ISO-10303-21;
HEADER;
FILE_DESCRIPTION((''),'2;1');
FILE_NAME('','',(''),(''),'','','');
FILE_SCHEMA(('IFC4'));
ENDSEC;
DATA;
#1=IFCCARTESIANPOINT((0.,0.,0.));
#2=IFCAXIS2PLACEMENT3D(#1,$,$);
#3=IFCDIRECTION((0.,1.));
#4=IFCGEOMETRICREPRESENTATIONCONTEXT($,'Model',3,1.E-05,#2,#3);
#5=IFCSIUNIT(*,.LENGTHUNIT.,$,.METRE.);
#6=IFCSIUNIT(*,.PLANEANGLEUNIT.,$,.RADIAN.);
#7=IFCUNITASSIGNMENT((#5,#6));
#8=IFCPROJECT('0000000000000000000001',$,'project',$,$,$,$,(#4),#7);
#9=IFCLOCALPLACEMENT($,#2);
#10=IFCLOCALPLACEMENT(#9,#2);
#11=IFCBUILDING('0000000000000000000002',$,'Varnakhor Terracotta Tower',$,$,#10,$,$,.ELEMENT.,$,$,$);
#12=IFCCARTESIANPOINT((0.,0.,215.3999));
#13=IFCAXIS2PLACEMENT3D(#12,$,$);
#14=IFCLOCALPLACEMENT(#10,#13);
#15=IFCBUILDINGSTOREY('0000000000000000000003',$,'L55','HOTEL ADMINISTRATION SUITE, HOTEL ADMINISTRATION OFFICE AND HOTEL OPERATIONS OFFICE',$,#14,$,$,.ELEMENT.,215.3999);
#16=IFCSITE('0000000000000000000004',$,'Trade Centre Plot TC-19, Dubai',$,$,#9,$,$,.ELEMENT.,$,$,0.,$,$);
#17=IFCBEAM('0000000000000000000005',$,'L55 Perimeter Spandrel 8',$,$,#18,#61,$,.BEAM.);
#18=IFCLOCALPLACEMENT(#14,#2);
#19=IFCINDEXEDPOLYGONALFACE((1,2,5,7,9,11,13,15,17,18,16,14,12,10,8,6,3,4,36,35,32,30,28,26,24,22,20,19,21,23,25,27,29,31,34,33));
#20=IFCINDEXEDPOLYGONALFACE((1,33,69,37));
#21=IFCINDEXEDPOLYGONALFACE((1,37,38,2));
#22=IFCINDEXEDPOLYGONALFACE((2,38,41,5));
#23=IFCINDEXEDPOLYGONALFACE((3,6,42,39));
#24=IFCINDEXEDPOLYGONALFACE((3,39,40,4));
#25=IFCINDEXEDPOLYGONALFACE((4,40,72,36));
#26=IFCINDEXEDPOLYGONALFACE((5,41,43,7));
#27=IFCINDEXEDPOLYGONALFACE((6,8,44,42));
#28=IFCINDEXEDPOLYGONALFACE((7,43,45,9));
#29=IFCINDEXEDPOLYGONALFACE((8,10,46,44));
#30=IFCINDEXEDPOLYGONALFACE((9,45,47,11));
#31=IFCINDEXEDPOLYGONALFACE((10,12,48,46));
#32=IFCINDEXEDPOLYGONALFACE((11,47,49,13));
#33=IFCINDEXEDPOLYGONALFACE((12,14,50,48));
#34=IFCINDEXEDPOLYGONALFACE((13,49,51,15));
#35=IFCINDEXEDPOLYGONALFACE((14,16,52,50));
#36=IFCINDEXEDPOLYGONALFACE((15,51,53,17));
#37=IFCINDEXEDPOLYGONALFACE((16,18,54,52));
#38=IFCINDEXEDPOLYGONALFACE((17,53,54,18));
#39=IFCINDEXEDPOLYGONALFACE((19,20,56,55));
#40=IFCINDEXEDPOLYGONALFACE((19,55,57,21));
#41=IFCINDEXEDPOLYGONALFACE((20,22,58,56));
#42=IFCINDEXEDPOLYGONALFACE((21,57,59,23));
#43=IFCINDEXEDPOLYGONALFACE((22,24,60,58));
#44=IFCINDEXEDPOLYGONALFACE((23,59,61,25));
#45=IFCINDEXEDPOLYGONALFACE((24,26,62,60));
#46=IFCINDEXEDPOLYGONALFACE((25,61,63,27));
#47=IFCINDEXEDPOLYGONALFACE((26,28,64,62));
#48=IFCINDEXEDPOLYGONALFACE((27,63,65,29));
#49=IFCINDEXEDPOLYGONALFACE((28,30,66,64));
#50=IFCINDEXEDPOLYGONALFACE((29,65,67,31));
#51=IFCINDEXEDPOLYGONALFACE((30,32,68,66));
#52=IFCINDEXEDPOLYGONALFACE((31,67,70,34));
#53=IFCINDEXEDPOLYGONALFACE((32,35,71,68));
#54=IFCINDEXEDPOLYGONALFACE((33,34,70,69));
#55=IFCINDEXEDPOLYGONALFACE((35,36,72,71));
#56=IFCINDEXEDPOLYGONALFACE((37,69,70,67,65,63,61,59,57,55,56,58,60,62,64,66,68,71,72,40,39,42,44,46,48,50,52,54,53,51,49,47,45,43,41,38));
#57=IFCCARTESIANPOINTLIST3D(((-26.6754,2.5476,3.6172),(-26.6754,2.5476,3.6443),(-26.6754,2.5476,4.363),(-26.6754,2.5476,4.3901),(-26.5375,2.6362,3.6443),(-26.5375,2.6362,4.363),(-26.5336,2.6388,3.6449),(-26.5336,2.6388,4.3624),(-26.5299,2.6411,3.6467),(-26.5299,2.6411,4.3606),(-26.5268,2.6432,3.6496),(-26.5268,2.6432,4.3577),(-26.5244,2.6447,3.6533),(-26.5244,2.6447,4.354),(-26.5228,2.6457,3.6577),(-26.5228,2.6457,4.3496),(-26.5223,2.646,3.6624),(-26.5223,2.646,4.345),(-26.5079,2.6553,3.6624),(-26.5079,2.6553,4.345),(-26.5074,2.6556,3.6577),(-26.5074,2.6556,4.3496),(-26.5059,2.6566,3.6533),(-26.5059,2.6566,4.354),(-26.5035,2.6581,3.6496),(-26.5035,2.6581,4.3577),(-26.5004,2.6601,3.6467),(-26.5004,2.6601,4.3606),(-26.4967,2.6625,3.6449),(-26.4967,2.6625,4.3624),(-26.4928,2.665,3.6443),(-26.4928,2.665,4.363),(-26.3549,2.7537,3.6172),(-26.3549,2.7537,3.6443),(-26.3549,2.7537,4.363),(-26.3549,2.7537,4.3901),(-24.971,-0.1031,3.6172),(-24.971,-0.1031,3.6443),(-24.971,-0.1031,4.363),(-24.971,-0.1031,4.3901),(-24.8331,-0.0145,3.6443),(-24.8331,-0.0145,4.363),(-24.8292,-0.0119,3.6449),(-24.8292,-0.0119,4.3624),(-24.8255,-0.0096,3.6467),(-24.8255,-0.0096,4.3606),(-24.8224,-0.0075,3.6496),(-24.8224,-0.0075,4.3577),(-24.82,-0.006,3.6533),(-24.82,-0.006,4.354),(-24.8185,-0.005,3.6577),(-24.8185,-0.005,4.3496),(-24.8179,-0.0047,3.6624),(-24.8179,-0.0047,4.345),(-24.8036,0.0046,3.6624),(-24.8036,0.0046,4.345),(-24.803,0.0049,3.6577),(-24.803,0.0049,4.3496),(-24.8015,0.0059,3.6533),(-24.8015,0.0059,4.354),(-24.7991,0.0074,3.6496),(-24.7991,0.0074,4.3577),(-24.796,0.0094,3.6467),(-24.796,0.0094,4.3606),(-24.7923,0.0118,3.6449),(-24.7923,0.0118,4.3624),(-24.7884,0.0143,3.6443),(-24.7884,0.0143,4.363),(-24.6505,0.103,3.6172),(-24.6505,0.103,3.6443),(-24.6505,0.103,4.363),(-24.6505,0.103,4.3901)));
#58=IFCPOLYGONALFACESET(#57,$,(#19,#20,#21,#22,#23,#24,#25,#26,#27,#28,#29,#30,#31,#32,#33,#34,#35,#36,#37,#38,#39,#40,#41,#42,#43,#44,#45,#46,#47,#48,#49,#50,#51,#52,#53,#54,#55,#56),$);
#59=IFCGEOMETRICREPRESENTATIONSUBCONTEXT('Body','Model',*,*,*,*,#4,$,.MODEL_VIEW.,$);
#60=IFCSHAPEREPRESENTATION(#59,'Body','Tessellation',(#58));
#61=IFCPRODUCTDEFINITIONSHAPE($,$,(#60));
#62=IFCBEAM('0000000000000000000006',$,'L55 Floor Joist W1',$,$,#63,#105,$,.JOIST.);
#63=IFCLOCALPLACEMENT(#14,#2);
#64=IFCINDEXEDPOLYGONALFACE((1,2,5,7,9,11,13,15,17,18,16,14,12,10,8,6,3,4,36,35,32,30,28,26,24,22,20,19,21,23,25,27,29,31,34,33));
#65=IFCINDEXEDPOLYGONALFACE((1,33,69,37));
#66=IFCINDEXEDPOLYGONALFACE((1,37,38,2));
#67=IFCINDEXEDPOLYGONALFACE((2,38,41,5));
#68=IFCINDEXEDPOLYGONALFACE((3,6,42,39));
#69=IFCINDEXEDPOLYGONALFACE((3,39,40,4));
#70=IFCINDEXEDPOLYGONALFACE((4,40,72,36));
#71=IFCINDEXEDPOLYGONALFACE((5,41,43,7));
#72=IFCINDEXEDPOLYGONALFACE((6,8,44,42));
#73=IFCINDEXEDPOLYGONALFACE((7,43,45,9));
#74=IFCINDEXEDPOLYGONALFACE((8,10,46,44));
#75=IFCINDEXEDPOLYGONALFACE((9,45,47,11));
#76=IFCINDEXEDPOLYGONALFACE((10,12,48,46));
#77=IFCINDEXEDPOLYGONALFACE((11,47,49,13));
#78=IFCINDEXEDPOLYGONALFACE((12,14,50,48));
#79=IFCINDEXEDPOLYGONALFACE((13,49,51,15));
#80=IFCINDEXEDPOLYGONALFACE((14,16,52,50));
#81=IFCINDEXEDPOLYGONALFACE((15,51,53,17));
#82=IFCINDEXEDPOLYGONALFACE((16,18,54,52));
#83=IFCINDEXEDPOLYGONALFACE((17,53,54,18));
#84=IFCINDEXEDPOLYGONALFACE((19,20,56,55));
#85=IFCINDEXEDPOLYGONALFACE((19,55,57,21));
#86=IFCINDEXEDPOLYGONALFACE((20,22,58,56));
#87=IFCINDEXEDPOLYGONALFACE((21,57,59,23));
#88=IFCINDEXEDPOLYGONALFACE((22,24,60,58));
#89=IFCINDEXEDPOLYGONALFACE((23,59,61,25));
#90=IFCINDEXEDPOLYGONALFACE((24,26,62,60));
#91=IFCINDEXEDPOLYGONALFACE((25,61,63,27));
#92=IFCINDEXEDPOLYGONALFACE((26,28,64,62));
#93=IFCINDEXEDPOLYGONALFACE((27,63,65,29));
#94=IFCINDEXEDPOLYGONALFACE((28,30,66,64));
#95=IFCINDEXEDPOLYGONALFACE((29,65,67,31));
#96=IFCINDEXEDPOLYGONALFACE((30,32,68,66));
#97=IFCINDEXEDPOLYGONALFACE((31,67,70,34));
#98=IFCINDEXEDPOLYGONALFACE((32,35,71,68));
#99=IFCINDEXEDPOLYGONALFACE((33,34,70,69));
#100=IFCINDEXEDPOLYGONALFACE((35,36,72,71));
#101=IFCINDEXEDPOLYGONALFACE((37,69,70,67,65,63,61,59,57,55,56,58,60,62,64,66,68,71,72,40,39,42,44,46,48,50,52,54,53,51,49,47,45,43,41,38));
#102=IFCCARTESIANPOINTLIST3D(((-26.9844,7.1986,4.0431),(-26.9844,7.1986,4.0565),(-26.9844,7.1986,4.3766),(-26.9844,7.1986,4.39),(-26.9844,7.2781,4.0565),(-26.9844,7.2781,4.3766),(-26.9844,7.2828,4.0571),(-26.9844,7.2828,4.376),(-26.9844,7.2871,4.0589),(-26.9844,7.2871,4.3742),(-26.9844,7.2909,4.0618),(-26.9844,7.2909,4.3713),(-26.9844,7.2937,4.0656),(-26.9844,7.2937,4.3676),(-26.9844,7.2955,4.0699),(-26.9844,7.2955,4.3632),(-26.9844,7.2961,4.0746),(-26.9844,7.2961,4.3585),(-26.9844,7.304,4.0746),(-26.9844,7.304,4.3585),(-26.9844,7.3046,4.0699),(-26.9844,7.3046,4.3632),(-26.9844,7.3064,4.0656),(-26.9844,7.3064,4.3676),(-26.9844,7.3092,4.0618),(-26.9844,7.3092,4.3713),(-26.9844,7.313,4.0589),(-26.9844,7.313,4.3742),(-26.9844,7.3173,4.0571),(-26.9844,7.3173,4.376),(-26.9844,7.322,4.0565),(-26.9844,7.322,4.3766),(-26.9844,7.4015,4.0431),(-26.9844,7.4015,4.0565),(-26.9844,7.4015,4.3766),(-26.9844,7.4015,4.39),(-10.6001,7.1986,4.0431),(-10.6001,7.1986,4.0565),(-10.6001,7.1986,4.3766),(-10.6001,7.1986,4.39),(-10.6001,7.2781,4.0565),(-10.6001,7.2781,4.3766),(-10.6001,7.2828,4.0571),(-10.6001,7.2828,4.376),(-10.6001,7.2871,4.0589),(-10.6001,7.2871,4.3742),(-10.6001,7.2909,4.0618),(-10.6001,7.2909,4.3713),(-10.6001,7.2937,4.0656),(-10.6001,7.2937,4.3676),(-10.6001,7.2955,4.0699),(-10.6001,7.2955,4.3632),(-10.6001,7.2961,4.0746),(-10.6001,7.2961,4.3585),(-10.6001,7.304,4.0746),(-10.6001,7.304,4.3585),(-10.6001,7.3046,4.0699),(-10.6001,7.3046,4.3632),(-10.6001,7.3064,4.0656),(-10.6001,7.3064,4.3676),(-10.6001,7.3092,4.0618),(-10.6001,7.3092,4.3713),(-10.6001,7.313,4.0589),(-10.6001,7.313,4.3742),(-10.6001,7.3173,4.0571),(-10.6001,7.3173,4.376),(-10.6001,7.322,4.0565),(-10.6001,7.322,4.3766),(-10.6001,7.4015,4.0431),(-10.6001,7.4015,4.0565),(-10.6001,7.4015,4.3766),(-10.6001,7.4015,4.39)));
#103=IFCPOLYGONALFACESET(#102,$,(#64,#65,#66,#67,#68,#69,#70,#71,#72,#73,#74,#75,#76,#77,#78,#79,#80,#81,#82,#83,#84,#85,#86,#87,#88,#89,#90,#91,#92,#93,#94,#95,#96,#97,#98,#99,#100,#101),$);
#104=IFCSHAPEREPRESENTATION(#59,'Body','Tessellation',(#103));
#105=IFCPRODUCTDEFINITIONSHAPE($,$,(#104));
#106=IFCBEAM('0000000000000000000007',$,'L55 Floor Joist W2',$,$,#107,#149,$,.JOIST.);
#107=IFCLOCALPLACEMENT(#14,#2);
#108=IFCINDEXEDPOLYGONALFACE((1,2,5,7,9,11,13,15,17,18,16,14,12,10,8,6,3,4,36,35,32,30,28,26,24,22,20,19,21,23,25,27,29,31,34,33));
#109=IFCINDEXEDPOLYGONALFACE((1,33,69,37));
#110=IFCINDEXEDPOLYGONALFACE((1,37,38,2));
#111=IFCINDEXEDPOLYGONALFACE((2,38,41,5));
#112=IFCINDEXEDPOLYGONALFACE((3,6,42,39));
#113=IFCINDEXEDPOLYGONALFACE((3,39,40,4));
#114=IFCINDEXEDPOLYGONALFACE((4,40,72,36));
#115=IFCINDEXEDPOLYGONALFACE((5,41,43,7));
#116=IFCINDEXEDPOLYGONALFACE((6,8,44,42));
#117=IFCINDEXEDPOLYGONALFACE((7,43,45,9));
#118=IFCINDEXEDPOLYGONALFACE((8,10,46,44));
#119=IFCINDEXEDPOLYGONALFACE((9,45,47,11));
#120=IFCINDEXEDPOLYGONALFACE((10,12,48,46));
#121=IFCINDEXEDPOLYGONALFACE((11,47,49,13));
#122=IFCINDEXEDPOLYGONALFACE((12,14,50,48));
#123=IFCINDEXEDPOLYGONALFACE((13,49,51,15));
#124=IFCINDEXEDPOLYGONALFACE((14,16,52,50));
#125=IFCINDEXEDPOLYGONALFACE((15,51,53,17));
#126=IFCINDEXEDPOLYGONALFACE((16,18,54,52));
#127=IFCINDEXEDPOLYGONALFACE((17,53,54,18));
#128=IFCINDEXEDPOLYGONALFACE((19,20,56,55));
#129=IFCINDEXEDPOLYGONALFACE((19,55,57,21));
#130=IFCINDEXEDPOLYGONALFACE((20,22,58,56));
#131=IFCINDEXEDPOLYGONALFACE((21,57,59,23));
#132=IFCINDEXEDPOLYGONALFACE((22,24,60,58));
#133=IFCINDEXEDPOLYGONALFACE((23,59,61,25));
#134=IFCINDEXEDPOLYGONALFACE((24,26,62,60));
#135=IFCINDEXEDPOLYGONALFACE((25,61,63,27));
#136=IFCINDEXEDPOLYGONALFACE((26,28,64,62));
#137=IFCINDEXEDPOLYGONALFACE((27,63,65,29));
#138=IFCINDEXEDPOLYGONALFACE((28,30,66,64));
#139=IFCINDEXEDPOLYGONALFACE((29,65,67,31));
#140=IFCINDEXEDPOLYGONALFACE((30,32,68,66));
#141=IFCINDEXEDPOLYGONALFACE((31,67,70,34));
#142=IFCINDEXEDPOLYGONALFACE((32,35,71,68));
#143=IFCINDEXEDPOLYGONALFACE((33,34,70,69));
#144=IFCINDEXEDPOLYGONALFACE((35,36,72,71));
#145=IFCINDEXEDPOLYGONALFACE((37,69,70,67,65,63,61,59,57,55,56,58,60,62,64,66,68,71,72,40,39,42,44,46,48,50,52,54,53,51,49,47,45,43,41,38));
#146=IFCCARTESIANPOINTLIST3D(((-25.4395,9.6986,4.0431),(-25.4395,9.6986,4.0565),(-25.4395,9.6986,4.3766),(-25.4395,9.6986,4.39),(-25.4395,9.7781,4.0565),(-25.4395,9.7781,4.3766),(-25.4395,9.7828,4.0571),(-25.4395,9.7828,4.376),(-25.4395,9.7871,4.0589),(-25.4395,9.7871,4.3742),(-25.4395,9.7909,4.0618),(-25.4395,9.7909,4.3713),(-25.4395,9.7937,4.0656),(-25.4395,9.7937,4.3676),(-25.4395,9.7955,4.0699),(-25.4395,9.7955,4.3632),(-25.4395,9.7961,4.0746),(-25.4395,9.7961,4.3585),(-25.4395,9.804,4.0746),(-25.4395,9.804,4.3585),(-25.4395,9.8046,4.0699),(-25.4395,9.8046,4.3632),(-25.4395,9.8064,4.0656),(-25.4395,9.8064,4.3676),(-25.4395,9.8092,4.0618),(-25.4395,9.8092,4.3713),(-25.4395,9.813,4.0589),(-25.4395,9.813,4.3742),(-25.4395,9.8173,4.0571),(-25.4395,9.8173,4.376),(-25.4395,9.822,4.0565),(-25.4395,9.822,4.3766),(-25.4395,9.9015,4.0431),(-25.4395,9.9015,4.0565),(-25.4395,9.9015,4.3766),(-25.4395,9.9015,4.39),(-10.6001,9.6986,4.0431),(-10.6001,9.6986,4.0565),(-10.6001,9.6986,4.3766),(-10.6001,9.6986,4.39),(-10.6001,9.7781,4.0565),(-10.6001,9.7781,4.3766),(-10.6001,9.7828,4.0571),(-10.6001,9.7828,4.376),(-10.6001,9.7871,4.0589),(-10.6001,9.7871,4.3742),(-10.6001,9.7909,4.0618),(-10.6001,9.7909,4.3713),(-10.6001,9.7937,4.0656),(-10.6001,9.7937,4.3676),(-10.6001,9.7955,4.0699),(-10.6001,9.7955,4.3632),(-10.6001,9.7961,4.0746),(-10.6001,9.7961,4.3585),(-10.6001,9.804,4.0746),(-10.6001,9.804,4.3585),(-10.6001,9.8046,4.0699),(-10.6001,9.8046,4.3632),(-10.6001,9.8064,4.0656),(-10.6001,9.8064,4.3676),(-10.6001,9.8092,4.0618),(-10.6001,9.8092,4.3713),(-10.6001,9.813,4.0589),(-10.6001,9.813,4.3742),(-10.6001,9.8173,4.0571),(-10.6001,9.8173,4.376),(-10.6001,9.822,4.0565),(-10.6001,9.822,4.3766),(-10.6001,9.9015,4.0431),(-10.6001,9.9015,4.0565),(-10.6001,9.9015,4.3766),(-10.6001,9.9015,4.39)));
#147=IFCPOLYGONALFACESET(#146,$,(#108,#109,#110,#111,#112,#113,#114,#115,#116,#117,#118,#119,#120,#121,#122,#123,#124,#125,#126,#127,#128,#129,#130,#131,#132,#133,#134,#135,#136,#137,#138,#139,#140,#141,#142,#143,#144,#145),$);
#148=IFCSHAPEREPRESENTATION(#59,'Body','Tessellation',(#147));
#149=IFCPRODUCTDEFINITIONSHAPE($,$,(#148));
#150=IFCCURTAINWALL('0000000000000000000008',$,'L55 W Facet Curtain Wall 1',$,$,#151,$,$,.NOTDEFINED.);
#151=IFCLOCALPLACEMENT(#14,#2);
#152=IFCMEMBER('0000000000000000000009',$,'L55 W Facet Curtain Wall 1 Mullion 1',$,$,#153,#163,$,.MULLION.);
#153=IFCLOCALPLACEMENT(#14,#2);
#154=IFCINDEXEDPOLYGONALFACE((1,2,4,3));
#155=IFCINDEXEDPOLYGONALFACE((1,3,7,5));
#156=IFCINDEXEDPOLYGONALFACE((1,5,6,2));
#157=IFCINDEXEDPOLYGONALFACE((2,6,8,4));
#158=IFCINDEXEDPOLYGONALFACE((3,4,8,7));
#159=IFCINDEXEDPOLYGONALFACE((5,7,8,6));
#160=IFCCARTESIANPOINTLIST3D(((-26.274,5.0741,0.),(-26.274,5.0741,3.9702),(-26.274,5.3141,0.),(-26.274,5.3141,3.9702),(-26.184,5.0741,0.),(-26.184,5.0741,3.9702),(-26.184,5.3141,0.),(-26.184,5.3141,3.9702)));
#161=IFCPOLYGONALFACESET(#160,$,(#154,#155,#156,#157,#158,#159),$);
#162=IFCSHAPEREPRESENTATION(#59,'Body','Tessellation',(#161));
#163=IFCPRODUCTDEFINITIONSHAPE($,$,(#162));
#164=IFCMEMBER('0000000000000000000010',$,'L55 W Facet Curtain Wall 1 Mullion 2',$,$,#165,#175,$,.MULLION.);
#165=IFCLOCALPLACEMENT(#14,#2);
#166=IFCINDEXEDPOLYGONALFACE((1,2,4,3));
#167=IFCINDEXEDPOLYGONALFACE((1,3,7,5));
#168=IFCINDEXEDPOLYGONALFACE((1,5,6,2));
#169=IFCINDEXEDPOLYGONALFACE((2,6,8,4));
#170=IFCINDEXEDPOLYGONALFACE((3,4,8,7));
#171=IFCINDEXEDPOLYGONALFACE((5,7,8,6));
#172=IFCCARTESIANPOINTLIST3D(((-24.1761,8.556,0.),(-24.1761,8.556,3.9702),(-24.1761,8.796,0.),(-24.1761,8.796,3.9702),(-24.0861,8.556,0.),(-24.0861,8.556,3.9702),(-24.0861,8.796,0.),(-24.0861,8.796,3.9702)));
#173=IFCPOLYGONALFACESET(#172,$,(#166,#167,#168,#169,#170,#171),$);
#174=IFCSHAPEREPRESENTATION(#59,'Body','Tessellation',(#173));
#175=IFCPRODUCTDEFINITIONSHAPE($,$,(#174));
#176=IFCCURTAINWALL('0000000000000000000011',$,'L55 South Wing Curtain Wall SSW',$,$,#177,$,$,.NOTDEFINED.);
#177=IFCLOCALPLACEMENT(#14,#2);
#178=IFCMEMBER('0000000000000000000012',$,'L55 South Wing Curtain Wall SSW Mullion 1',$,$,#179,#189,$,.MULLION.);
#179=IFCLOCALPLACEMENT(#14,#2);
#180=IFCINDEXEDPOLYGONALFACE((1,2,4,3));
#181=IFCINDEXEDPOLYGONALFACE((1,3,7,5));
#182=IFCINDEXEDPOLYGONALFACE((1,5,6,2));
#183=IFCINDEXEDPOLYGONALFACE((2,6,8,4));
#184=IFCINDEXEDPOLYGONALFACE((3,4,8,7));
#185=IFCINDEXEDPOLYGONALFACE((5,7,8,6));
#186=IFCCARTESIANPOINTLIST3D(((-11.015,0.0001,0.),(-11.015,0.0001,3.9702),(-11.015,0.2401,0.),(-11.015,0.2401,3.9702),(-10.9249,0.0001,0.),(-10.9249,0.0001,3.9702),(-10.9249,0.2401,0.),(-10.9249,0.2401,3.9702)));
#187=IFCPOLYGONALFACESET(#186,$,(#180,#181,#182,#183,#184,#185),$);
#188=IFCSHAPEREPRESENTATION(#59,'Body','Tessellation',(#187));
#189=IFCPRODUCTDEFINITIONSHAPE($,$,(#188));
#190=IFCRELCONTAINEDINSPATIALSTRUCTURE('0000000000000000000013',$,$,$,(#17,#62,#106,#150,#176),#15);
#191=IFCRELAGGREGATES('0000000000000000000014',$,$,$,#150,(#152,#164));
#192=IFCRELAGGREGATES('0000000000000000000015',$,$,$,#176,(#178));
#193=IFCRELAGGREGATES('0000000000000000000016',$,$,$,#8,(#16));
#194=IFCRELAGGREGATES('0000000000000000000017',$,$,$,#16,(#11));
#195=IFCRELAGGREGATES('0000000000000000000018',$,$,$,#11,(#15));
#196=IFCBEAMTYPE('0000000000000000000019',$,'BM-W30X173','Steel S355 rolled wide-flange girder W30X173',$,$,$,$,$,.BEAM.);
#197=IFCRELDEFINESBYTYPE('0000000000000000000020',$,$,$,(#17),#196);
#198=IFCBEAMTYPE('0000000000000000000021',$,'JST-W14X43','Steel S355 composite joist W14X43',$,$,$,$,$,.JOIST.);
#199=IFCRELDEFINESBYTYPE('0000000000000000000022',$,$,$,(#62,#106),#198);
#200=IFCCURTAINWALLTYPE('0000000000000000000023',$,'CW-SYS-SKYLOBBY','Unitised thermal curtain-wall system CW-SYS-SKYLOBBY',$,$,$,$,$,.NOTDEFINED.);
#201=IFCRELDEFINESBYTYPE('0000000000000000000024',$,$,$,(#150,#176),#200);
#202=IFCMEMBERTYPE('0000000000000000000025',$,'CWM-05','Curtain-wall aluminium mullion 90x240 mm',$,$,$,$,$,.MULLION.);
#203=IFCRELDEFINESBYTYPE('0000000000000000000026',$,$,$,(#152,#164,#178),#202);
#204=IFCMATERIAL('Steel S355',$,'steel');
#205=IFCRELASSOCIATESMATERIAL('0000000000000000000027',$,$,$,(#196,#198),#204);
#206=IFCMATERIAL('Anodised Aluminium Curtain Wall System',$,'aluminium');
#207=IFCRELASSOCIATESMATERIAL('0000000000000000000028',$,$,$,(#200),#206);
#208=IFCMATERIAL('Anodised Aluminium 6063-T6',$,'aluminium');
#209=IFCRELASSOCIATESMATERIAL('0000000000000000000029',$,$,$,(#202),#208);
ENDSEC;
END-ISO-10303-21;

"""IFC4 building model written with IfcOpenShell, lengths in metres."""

from ifc_helpers import new_model, si_unit, direction, frame, origin, origin_2d, place, context, subcontext, project, spatial, rectangle, i_section, extrude, source, transform, mapped, material, material_profile, profile_set, type_object, type_shapes, element, aggregate, save


model = new_model("IFC4")

# Units and contexts
model_context = context("Model", 3, precision=1e-05, world=origin(), true_north=direction((0.0, 1.0)))
body_context = subcontext(model_context, "Body", "Model", "MODEL_VIEW")
ifc_project = project(units=[si_unit("LENGTHUNIT", "METRE"), si_unit("PLANEANGLEUNIT", "RADIAN")], contexts=[model_context])

# Site, building, storey
site_placement = place(None, origin())
site = spatial("IfcSite", under=ifc_project, at=site_placement, Name="Trade Centre Plot TC-19, Dubai", CompositionType="ELEMENT", RefElevation=0.0)
building_placement = place(site_placement, origin())
building = spatial("IfcBuilding", under=site, at=building_placement, Name="Varnakhor Terracotta Tower", CompositionType="ELEMENT")
storey_placement = place(building_placement, frame((0.0, 0.0, 215.3999)))
storey = spatial("IfcBuildingStorey", under=building, at=storey_placement, Name="L55", Description="HOTEL ADMINISTRATION SUITE, HOTEL ADMINISTRATION OFFICE AND HOTEL OPERATIONS OFFICE", CompositionType="ELEMENT", Elevation=215.3999)

# Beams
ifc_material_1 = material(Name="Steel S355", Category="steel")
ifc_material_profile_1 = material_profile(ifc_material_1, i_section(OverallWidth=0.3811, OverallDepth=0.7729, WebThickness=0.0171, FlangeThickness=0.0271, FilletRadius=0.0181, at=origin_2d()), Name="W30X173")
ifc_profile_set_1 = profile_set([ifc_material_profile_1], Name="Steel S355")
beam_type_1 = type_object("IfcBeamType", Name="BM-W30X173", Description="Steel S355 rolled wide-flange girder W30X173", PredefinedType="BEAM", material=ifc_profile_set_1)
shared_shape_1 = source(origin(), body_context, "Body", "SweptSolid", [
    extrude(i_section(OverallWidth=0.3811, OverallDepth=0.7729, WebThickness=0.0171, FlangeThickness=0.0271, FilletRadius=0.0181, at=origin_2d()), origin(), (0.0, 0.0, 1.0), 3.1514),
])
beam_1_placement = place(storey_placement, frame((-26.5151, 2.6506, 4.0037), z_axis=(0.54084, -0.841126, 0.0), x_axis=(0.841126, 0.54084, 0.0)))
element("IfcBeam", 1, at=beam_1_placement, inside=storey, type_object=beam_type_1, Name="L55 Perimeter Spandrel 8", PredefinedType="BEAM", context=body_context, shape_type="MappedRepresentation", body=[
    mapped(shared_shape_1, transform((0.0, 0.0, 0.0), scale=1.0)),
])
ifc_material_profile_2 = material_profile(ifc_material_1, i_section(OverallWidth=0.2029, OverallDepth=0.3469, WebThickness=0.0078, FlangeThickness=0.0134, FilletRadius=0.0181, at=origin_2d()), Name="W14X43")
ifc_profile_set_2 = profile_set([ifc_material_profile_2], Name="Steel S355")
beam_type_2 = type_object("IfcBeamType", Name="JST-W14X43", Description="Steel S355 composite joist W14X43", PredefinedType="JOIST", material=ifc_profile_set_2)
shared_shape_2 = source(origin(), body_context, "Body", "SweptSolid", [
    extrude(i_section(OverallWidth=0.2029, OverallDepth=0.3469, WebThickness=0.0078, FlangeThickness=0.0134, FilletRadius=0.0181, at=origin_2d()), origin(), (0.0, 0.0, 1.0), 16.3843),
])
type_shapes(beam_type_2, [shared_shape_2])
beam_2_placement = place(storey_placement, frame((-26.9844, 7.3, 4.2166), z_axis=(1.0, 0.0, 0.0), x_axis=(0.0, 1.0, 0.0)))
element("IfcBeam", 2, at=beam_2_placement, inside=storey, type_object=beam_type_2, Name="L55 Floor Joist W1", PredefinedType="JOIST", context=body_context, shape_type="MappedRepresentation", body=[
    mapped(shared_shape_2, transform((0.0, 0.0, 0.0), scale=1.0)),
])
shared_shape_3 = source(origin(), body_context, "Body", "SweptSolid", [
    extrude(i_section(OverallWidth=0.2029, OverallDepth=0.3469, WebThickness=0.0078, FlangeThickness=0.0134, FilletRadius=0.0181, at=origin_2d()), origin(), (0.0, 0.0, 1.0), 14.8394),
])
beam_3_placement = place(storey_placement, frame((-25.4395, 9.8, 4.2166), z_axis=(1.0, 0.0, 0.0), x_axis=(0.0, 1.0, 0.0)))
element("IfcBeam", 3, at=beam_3_placement, inside=storey, type_object=beam_type_2, Name="L55 Floor Joist W2", PredefinedType="JOIST", context=body_context, shape_type="MappedRepresentation", body=[
    mapped(shared_shape_3, transform((0.0, 0.0, 0.0), scale=1.0)),
])

# Curtain walls, members
ifc_material_2 = material(Name="Anodised Aluminium Curtain Wall System", Category="aluminium")
curtain_wall_type = type_object("IfcCurtainWallType", Name="CW-SYS-SKYLOBBY", Description="Unitised thermal curtain-wall system CW-SYS-SKYLOBBY", PredefinedType="NOTDEFINED", material=ifc_material_2)
curtain_wall_1_placement = place(storey_placement, origin())
curtain_wall_1 = element("IfcCurtainWall", 4, at=curtain_wall_1_placement, inside=storey, type_object=curtain_wall_type, Name="L55 W Facet Curtain Wall 1", PredefinedType="NOTDEFINED")
ifc_material_3 = material(Name="Anodised Aluminium 6063-T6", Category="aluminium")
ifc_material_profile_3 = material_profile(ifc_material_3, rectangle(XDim=0.0901, YDim=0.24, at=origin_2d()), Name="ALU MULLION 90x240")
ifc_profile_set_3 = profile_set([ifc_material_profile_3], Name="Anodised Aluminium 6063-T6")
member_type_1 = type_object("IfcMemberType", Name="CWM-05", Description="Curtain-wall aluminium mullion 90x240 mm", PredefinedType="MULLION", material=ifc_profile_set_3)
shared_shape_4 = source(origin(), body_context, "Body", "SweptSolid", [
    extrude(rectangle(XDim=0.0901, YDim=0.24, at=origin_2d()), origin(), (0.0, 0.0, 1.0), 3.9702),
])
member_1_placement = place(storey_placement, frame((-26.229, 5.1941, 0.0), z_axis=(0.0, 0.0, 1.0), x_axis=(1.0, 0.0, 0.0)))
member_1 = element("IfcMember", 5, at=member_1_placement, type_object=member_type_1, Name="L55 W Facet Curtain Wall 1 Mullion 1", PredefinedType="MULLION", context=body_context, shape_type="MappedRepresentation", body=[
    mapped(shared_shape_4, transform((0.0, 0.0, 0.0), scale=1.0)),
])
member_2_placement = place(storey_placement, frame((-24.1311, 8.676, 0.0), z_axis=(0.0, 0.0, 1.0), x_axis=(1.0, 0.0, 0.0)))
member_2 = element("IfcMember", 6, at=member_2_placement, type_object=member_type_1, Name="L55 W Facet Curtain Wall 1 Mullion 2", PredefinedType="MULLION", context=body_context, shape_type="MappedRepresentation", body=[
    mapped(shared_shape_4, transform((0.0, 0.0, 0.0), scale=1.0)),
])
curtain_wall_2_placement = place(storey_placement, origin())
curtain_wall_2 = element("IfcCurtainWall", 7, at=curtain_wall_2_placement, inside=storey, type_object=curtain_wall_type, Name="L55 South Wing Curtain Wall SSW", PredefinedType="NOTDEFINED")
member_3_placement = place(storey_placement, frame((-10.97, 0.1201, 0.0), z_axis=(0.0, 0.0, 1.0), x_axis=(1.0, 0.0, 0.0)))
member_3 = element("IfcMember", 8, at=member_3_placement, type_object=member_type_1, Name="L55 South Wing Curtain Wall SSW Mullion 1", PredefinedType="MULLION", context=body_context, shape_type="MappedRepresentation", body=[
    mapped(shared_shape_4, transform((0.0, 0.0, 0.0), scale=1.0)),
])

aggregate(curtain_wall_1, [member_1, member_2])
aggregate(curtain_wall_2, [member_3])

save(model, "model.ifc")
